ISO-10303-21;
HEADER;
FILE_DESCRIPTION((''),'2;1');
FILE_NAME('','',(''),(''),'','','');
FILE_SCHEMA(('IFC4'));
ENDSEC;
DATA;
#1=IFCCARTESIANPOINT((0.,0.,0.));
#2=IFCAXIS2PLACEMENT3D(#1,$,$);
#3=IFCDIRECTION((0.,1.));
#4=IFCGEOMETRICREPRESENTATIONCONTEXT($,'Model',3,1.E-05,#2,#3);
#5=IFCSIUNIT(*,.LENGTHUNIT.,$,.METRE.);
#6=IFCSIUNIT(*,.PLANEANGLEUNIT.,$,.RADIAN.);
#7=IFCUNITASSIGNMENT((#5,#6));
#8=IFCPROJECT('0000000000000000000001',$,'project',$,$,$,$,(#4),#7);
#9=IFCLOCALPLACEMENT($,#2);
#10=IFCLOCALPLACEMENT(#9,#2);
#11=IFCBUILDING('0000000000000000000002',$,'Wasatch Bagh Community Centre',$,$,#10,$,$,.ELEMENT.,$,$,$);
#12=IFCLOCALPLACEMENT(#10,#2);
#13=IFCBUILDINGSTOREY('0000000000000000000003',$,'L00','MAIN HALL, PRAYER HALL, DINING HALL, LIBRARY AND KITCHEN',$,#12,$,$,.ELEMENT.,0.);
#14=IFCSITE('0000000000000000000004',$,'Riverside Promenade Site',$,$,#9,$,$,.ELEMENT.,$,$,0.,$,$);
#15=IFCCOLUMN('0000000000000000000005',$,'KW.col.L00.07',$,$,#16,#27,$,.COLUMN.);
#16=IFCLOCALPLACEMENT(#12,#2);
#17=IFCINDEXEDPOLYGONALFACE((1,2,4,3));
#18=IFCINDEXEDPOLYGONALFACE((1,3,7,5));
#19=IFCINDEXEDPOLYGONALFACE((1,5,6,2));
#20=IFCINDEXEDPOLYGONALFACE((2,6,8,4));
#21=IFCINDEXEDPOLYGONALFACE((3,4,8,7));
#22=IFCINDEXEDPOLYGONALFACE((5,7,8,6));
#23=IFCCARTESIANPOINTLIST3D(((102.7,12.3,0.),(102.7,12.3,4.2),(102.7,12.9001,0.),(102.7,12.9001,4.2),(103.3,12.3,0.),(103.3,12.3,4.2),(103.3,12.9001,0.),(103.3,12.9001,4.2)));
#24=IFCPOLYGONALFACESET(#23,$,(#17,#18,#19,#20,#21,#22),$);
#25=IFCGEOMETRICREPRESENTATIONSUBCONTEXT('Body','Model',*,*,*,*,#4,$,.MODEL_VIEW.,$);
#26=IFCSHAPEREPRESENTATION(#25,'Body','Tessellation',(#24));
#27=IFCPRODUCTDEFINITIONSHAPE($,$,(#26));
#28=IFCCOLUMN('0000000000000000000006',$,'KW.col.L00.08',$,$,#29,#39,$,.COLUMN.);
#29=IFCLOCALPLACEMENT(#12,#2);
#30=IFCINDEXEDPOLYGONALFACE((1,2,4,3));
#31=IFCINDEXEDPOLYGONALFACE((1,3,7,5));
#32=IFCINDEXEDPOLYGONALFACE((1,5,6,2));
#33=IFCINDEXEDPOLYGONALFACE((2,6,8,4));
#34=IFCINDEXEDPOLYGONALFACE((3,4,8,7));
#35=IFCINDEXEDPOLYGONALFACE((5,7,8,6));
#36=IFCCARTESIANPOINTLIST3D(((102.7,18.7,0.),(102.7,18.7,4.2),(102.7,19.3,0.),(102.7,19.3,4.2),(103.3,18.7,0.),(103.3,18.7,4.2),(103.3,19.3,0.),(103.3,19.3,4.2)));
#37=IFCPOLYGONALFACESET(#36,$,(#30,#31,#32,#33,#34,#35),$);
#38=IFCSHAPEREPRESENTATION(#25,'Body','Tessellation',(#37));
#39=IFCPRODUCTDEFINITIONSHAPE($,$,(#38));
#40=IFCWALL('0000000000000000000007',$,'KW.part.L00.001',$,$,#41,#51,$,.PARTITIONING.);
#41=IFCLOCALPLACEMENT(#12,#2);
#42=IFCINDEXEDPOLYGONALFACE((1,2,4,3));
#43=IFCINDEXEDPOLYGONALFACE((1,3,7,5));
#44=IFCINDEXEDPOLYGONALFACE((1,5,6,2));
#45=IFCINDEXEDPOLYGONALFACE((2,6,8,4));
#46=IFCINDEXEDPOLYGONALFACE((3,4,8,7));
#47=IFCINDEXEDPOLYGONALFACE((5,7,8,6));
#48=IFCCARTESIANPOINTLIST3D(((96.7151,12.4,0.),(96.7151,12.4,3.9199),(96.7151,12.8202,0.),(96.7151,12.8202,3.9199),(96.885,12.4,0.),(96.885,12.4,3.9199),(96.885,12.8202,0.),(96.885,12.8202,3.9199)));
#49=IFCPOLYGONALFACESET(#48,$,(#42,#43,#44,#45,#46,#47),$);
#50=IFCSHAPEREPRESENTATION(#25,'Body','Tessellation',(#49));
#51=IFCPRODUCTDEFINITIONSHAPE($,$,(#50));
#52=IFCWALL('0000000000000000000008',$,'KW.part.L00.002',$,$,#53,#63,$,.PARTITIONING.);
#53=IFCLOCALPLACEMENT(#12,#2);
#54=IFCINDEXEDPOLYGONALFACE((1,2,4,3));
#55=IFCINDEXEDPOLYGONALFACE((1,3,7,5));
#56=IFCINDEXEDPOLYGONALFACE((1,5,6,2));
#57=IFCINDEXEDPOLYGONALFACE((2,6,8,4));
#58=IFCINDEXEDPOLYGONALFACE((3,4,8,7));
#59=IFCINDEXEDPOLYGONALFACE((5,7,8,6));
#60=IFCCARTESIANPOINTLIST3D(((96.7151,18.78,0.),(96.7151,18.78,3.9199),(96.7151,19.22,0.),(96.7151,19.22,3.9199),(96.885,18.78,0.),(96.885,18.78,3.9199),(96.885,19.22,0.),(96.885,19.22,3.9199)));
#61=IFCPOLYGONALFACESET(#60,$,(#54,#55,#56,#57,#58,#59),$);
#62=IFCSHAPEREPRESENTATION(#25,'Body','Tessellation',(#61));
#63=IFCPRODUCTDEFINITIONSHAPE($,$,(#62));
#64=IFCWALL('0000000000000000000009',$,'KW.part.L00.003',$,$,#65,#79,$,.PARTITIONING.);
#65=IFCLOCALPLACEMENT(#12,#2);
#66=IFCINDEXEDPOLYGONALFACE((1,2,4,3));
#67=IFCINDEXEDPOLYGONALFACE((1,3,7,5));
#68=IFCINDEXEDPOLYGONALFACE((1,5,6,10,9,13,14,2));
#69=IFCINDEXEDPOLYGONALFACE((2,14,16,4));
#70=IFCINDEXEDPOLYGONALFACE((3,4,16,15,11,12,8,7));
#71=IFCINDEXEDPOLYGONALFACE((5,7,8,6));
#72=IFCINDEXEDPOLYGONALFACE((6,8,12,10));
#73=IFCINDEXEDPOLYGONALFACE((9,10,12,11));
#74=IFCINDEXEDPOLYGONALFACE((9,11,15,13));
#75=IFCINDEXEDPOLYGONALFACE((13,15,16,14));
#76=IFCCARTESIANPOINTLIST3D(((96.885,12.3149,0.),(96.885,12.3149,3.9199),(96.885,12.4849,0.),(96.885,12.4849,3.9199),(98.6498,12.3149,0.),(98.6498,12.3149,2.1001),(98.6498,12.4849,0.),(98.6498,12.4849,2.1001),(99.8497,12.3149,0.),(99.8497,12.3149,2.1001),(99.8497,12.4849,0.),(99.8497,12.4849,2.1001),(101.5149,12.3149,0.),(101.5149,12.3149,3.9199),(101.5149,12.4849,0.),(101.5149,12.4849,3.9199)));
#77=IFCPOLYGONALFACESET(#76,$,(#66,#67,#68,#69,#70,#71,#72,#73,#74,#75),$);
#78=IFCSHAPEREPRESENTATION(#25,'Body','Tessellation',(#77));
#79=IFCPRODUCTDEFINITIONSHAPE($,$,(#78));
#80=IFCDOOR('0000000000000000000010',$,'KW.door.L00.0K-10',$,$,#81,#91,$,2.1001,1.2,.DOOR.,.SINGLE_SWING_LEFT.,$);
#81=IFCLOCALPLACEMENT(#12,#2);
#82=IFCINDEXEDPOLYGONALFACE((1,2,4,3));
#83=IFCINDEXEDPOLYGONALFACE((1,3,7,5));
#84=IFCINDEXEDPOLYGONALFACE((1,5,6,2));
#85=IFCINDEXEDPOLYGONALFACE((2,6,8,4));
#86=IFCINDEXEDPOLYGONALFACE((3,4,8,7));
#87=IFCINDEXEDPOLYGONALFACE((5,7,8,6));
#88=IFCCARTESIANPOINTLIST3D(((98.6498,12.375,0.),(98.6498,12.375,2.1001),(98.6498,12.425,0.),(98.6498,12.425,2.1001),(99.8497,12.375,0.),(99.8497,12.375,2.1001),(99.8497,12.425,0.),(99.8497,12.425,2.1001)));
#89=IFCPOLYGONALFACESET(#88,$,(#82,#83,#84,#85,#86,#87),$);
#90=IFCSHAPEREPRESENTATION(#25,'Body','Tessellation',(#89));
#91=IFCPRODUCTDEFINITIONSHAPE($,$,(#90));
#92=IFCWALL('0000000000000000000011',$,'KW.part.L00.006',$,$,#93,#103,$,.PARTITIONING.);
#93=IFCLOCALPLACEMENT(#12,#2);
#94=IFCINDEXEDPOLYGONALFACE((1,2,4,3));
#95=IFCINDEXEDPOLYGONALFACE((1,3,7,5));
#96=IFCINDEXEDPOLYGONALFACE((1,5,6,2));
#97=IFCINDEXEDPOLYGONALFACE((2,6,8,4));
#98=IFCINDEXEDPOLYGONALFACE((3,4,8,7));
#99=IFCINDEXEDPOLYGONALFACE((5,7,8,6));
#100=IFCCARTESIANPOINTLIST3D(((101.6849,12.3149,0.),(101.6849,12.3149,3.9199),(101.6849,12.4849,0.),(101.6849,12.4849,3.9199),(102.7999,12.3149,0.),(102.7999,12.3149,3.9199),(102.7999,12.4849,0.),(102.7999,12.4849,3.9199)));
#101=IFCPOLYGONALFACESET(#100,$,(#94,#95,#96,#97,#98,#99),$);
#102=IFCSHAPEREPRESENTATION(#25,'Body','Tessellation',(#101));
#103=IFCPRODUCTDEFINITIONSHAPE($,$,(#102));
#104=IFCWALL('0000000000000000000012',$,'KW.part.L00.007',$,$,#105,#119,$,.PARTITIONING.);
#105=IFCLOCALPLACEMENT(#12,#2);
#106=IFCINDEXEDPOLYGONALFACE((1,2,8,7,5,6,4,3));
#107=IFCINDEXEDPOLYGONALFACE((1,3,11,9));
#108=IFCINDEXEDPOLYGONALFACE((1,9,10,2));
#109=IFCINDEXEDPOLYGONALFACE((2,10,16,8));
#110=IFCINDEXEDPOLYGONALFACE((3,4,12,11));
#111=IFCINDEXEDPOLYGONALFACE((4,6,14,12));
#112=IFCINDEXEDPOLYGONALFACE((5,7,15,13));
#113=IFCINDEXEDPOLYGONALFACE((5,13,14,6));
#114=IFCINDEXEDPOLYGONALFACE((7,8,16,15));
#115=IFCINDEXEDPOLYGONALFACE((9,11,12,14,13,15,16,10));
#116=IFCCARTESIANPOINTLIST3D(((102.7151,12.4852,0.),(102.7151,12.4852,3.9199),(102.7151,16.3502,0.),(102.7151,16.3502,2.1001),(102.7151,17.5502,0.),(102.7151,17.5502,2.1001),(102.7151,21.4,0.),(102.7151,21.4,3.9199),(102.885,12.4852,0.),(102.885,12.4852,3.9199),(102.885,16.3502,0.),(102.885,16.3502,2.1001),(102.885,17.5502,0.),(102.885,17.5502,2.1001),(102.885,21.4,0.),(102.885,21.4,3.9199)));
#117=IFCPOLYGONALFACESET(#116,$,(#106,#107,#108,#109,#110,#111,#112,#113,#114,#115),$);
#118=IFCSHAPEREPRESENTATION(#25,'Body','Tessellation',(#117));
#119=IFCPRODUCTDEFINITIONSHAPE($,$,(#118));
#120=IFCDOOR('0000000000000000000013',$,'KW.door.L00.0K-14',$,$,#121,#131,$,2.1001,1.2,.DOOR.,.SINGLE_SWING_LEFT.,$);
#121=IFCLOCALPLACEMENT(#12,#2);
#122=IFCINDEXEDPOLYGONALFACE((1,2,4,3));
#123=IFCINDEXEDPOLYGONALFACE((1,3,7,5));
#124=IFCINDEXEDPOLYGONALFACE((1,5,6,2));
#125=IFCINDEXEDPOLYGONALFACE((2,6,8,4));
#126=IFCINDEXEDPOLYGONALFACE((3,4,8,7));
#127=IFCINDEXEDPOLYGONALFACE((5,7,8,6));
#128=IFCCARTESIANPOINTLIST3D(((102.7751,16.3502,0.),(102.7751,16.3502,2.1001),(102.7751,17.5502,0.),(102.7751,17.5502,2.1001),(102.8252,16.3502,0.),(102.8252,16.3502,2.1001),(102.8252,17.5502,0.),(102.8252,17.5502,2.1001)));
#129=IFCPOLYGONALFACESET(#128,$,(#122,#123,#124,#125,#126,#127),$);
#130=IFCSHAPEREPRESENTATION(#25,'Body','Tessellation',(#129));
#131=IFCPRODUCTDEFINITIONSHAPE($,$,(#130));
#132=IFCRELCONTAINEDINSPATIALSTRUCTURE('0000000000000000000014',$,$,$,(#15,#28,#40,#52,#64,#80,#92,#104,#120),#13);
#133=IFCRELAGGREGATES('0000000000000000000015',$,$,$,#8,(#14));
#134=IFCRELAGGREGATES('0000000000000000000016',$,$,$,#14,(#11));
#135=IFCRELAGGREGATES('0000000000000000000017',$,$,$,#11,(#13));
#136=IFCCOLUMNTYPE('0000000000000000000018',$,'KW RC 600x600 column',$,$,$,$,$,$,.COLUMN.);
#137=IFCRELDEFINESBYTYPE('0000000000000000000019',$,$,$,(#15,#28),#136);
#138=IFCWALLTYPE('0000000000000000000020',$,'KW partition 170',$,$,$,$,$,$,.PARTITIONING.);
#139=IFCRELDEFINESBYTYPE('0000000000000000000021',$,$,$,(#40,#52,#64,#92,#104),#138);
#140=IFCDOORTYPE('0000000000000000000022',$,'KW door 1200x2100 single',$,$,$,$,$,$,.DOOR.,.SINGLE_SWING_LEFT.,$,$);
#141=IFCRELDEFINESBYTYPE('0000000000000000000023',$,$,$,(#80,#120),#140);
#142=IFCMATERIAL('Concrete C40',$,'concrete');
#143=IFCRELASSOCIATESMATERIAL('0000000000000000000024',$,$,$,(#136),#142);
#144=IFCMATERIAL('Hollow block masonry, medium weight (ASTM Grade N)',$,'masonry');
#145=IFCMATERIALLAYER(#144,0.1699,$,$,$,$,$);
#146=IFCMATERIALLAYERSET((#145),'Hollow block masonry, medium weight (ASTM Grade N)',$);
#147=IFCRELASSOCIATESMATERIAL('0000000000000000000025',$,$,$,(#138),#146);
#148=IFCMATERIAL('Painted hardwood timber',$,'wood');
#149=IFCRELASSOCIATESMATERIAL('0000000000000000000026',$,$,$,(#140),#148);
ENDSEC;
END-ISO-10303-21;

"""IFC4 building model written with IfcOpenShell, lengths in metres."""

from ifc_helpers import new_model, si_unit, direction, frame, frame_2d, origin, origin_2d, place, context, subcontext, project, spatial, rectangle, extrude, material, layer, layer_set, material_profile, profile_set, type_object, element, fill, save


model = new_model("IFC4")

# Units and contexts
model_context = context("Model", 3, precision=1e-05, world=origin(), true_north=direction((0.0, 1.0)))
body_context = subcontext(model_context, "Body", "Model", "MODEL_VIEW")
ifc_project = project(units=[si_unit("LENGTHUNIT", "METRE"), si_unit("PLANEANGLEUNIT", "RADIAN")], contexts=[model_context])

# Site, building, storey
site_placement = place(None, origin())
site = spatial("IfcSite", under=ifc_project, at=site_placement, Name="Riverside Promenade Site", CompositionType="ELEMENT", RefElevation=0.0)
building_placement = place(site_placement, origin())
building = spatial("IfcBuilding", under=site, at=building_placement, Name="Wasatch Bagh Community Centre", CompositionType="ELEMENT")
storey_placement = place(building_placement, origin())
storey = spatial("IfcBuildingStorey", under=building, at=storey_placement, Name="L00", Description="MAIN HALL, PRAYER HALL, DINING HALL, LIBRARY AND KITCHEN", CompositionType="ELEMENT", Elevation=0.0)

# Columns
ifc_material_1 = material(Name="Concrete C40", Category="concrete")
ifc_material_profile_1 = material_profile(ifc_material_1, rectangle(XDim=0.6001, YDim=0.6001, at=origin_2d()), Name="RC 600x600")
ifc_profile_set_1 = profile_set([ifc_material_profile_1], Name="Concrete C40")
column_type = type_object("IfcColumnType", Name="KW RC 600x600 column", PredefinedType="COLUMN", material=ifc_profile_set_1)
for number, where, z_axis, x_axis, name in (
    (1, (103.0, 12.6001, 0.0), (0.0, 0.0, 1.0), (1.0, 0.0, 0.0), "KW.col.L00.07"),
    (2, (103.0, 19.0, 0.0), (0.0, 0.0, 1.0), (1.0, 0.0, 0.0), "KW.col.L00.08"),
):
    element("IfcColumn", number, at=place(storey_placement, frame(where, z_axis=z_axis, x_axis=x_axis)), inside=storey, type_object=column_type, Name=name, PredefinedType="COLUMN", context=body_context, shape_type="SweptSolid", body=[
        extrude(rectangle(XDim=0.6001, YDim=0.6001, at=origin_2d()), origin(), (0.0, 0.0, 1.0), 4.2),
    ])

# Walls
ifc_material_2 = material(Name="Hollow block masonry, medium weight (ASTM Grade N)", Category="masonry")
ifc_layer = layer(ifc_material_2, 0.1699)
ifc_layer_set = layer_set([ifc_layer], Name="Hollow block masonry, medium weight (ASTM Grade N)")
wall_type = type_object("IfcWallType", Name="KW partition 170", PredefinedType="PARTITIONING", material=ifc_layer_set)
wall_1_placement = place(storey_placement, frame((96.8, 12.8201, 0.0), z_axis=(0.0, 0.0, 1.0), x_axis=(0.0, -1.0, 0.0)))
element("IfcWall", 3, at=wall_1_placement, inside=storey, type_object=wall_type, Name="KW.part.L00.001", PredefinedType="PARTITIONING", context=body_context, shape_type="SweptSolid", body=[
    extrude(rectangle(XDim=0.4202, YDim=0.1699, at=frame_2d((0.21, 0.0))), origin(), (0.0, 0.0, 1.0), 3.9199),
])
wall_2_placement = place(storey_placement, frame((96.8, 19.22, 0.0), z_axis=(0.0, 0.0, 1.0), x_axis=(0.0, -1.0, 0.0)))
element("IfcWall", 4, at=wall_2_placement, inside=storey, type_object=wall_type, Name="KW.part.L00.002", PredefinedType="PARTITIONING", context=body_context, shape_type="SweptSolid", body=[
    extrude(rectangle(XDim=0.4399, YDim=0.1699, at=frame_2d((0.22, 0.0))), origin(), (0.0, 0.0, 1.0), 3.9199),
])

# Wall, opening, door
wall_3_placement = place(storey_placement, frame((101.5149, 12.3999, 0.0), z_axis=(0.0, 0.0, 1.0), x_axis=(-1.0, 0.0, 0.0)))
wall_3 = element("IfcWall", 5, at=wall_3_placement, inside=storey, type_object=wall_type, Name="KW.part.L00.003", PredefinedType="PARTITIONING", context=body_context, shape_type="SweptSolid", body=[
    extrude(rectangle(XDim=4.6299, YDim=0.1699, at=frame_2d((2.3149, 0.0))), origin(), (0.0, 0.0, 1.0), 3.9199),
])
opening_1_placement = place(wall_3_placement, frame((1.665, 0.0, 0.0)))
opening_1 = element("IfcOpeningElement", 6, at=opening_1_placement, cuts=wall_3, PredefinedType="OPENING", context=body_context, shape_type="SweptSolid", body=[
    extrude(rectangle(XDim=1.2, YDim=2.1001, at=frame_2d((0.6001, 1.05))), frame((0.0, 0.095, 0.0), z_axis=(0.0, -1.0, 0.0), x_axis=(1.0, 0.0, 0.0)), (0.0, 0.0, 1.0), 0.1899),
])
ifc_material_3 = material(Name="Painted hardwood timber", Category="wood")
door_type = type_object("IfcDoorType", Name="KW door 1200x2100 single", OperationType="SINGLE_SWING_LEFT", PredefinedType="DOOR", material=ifc_material_3)
door_1_placement = place(opening_1_placement, origin())
door_1 = element("IfcDoor", 7, at=door_1_placement, inside=storey, type_object=door_type, Name="KW.door.L00.0K-10", OperationType="SINGLE_SWING_LEFT", OverallHeight=2.1001, OverallWidth=1.2, PredefinedType="DOOR", context=body_context, shape_type="SweptSolid", body=[
    extrude(rectangle(XDim=1.2, YDim=2.1001, at=frame_2d((0.6001, 1.05))), frame((0.0, 0.0249, 0.0), z_axis=(0.0, -1.0, 0.0), x_axis=(1.0, 0.0, 0.0)), (0.0, 0.0, 1.0), 0.05),
])
fill(opening_1, door_1)

# Wall
wall_4_placement = place(storey_placement, frame((102.8, 12.3999, 0.0), z_axis=(0.0, 0.0, 1.0), x_axis=(-1.0, 0.0, 0.0)))
element("IfcWall", 8, at=wall_4_placement, inside=storey, type_object=wall_type, Name="KW.part.L00.006", PredefinedType="PARTITIONING", context=body_context, shape_type="SweptSolid", body=[
    extrude(rectangle(XDim=1.115, YDim=0.1699, at=frame_2d((0.5576, 0.0))), origin(), (0.0, 0.0, 1.0), 3.9199),
])

# Wall, opening, door
wall_5_placement = place(storey_placement, frame((102.8, 12.4851, 0.0), z_axis=(0.0, 0.0, 1.0), x_axis=(0.0, 1.0, 0.0)))
wall_5 = element("IfcWall", 9, at=wall_5_placement, inside=storey, type_object=wall_type, Name="KW.part.L00.007", PredefinedType="PARTITIONING", context=body_context, shape_type="SweptSolid", body=[
    extrude(rectangle(XDim=8.9148, YDim=0.1699, at=frame_2d((4.4575, 0.0))), origin(), (0.0, 0.0, 1.0), 3.9199),
])
opening_2_placement = place(wall_5_placement, frame((3.865, 0.0, 0.0)))
opening_2 = element("IfcOpeningElement", 10, at=opening_2_placement, cuts=wall_5, PredefinedType="OPENING", context=body_context, shape_type="SweptSolid", body=[
    extrude(rectangle(XDim=1.2, YDim=2.1001, at=frame_2d((0.6001, 1.05))), frame((0.0, 0.095, 0.0), z_axis=(0.0, -1.0, 0.0), x_axis=(1.0, 0.0, 0.0)), (0.0, 0.0, 1.0), 0.1899),
])
door_2_placement = place(opening_2_placement, origin())
door_2 = element("IfcDoor", 11, at=door_2_placement, inside=storey, type_object=door_type, Name="KW.door.L00.0K-14", OperationType="SINGLE_SWING_LEFT", OverallHeight=2.1001, OverallWidth=1.2, PredefinedType="DOOR", context=body_context, shape_type="SweptSolid", body=[
    extrude(rectangle(XDim=1.2, YDim=2.1001, at=frame_2d((0.6001, 1.05))), frame((0.0, 0.0249, 0.0), z_axis=(0.0, -1.0, 0.0), x_axis=(1.0, 0.0, 0.0)), (0.0, 0.0, 1.0), 0.05),
])
fill(opening_2, door_2)

save(model, "model.ifc")
